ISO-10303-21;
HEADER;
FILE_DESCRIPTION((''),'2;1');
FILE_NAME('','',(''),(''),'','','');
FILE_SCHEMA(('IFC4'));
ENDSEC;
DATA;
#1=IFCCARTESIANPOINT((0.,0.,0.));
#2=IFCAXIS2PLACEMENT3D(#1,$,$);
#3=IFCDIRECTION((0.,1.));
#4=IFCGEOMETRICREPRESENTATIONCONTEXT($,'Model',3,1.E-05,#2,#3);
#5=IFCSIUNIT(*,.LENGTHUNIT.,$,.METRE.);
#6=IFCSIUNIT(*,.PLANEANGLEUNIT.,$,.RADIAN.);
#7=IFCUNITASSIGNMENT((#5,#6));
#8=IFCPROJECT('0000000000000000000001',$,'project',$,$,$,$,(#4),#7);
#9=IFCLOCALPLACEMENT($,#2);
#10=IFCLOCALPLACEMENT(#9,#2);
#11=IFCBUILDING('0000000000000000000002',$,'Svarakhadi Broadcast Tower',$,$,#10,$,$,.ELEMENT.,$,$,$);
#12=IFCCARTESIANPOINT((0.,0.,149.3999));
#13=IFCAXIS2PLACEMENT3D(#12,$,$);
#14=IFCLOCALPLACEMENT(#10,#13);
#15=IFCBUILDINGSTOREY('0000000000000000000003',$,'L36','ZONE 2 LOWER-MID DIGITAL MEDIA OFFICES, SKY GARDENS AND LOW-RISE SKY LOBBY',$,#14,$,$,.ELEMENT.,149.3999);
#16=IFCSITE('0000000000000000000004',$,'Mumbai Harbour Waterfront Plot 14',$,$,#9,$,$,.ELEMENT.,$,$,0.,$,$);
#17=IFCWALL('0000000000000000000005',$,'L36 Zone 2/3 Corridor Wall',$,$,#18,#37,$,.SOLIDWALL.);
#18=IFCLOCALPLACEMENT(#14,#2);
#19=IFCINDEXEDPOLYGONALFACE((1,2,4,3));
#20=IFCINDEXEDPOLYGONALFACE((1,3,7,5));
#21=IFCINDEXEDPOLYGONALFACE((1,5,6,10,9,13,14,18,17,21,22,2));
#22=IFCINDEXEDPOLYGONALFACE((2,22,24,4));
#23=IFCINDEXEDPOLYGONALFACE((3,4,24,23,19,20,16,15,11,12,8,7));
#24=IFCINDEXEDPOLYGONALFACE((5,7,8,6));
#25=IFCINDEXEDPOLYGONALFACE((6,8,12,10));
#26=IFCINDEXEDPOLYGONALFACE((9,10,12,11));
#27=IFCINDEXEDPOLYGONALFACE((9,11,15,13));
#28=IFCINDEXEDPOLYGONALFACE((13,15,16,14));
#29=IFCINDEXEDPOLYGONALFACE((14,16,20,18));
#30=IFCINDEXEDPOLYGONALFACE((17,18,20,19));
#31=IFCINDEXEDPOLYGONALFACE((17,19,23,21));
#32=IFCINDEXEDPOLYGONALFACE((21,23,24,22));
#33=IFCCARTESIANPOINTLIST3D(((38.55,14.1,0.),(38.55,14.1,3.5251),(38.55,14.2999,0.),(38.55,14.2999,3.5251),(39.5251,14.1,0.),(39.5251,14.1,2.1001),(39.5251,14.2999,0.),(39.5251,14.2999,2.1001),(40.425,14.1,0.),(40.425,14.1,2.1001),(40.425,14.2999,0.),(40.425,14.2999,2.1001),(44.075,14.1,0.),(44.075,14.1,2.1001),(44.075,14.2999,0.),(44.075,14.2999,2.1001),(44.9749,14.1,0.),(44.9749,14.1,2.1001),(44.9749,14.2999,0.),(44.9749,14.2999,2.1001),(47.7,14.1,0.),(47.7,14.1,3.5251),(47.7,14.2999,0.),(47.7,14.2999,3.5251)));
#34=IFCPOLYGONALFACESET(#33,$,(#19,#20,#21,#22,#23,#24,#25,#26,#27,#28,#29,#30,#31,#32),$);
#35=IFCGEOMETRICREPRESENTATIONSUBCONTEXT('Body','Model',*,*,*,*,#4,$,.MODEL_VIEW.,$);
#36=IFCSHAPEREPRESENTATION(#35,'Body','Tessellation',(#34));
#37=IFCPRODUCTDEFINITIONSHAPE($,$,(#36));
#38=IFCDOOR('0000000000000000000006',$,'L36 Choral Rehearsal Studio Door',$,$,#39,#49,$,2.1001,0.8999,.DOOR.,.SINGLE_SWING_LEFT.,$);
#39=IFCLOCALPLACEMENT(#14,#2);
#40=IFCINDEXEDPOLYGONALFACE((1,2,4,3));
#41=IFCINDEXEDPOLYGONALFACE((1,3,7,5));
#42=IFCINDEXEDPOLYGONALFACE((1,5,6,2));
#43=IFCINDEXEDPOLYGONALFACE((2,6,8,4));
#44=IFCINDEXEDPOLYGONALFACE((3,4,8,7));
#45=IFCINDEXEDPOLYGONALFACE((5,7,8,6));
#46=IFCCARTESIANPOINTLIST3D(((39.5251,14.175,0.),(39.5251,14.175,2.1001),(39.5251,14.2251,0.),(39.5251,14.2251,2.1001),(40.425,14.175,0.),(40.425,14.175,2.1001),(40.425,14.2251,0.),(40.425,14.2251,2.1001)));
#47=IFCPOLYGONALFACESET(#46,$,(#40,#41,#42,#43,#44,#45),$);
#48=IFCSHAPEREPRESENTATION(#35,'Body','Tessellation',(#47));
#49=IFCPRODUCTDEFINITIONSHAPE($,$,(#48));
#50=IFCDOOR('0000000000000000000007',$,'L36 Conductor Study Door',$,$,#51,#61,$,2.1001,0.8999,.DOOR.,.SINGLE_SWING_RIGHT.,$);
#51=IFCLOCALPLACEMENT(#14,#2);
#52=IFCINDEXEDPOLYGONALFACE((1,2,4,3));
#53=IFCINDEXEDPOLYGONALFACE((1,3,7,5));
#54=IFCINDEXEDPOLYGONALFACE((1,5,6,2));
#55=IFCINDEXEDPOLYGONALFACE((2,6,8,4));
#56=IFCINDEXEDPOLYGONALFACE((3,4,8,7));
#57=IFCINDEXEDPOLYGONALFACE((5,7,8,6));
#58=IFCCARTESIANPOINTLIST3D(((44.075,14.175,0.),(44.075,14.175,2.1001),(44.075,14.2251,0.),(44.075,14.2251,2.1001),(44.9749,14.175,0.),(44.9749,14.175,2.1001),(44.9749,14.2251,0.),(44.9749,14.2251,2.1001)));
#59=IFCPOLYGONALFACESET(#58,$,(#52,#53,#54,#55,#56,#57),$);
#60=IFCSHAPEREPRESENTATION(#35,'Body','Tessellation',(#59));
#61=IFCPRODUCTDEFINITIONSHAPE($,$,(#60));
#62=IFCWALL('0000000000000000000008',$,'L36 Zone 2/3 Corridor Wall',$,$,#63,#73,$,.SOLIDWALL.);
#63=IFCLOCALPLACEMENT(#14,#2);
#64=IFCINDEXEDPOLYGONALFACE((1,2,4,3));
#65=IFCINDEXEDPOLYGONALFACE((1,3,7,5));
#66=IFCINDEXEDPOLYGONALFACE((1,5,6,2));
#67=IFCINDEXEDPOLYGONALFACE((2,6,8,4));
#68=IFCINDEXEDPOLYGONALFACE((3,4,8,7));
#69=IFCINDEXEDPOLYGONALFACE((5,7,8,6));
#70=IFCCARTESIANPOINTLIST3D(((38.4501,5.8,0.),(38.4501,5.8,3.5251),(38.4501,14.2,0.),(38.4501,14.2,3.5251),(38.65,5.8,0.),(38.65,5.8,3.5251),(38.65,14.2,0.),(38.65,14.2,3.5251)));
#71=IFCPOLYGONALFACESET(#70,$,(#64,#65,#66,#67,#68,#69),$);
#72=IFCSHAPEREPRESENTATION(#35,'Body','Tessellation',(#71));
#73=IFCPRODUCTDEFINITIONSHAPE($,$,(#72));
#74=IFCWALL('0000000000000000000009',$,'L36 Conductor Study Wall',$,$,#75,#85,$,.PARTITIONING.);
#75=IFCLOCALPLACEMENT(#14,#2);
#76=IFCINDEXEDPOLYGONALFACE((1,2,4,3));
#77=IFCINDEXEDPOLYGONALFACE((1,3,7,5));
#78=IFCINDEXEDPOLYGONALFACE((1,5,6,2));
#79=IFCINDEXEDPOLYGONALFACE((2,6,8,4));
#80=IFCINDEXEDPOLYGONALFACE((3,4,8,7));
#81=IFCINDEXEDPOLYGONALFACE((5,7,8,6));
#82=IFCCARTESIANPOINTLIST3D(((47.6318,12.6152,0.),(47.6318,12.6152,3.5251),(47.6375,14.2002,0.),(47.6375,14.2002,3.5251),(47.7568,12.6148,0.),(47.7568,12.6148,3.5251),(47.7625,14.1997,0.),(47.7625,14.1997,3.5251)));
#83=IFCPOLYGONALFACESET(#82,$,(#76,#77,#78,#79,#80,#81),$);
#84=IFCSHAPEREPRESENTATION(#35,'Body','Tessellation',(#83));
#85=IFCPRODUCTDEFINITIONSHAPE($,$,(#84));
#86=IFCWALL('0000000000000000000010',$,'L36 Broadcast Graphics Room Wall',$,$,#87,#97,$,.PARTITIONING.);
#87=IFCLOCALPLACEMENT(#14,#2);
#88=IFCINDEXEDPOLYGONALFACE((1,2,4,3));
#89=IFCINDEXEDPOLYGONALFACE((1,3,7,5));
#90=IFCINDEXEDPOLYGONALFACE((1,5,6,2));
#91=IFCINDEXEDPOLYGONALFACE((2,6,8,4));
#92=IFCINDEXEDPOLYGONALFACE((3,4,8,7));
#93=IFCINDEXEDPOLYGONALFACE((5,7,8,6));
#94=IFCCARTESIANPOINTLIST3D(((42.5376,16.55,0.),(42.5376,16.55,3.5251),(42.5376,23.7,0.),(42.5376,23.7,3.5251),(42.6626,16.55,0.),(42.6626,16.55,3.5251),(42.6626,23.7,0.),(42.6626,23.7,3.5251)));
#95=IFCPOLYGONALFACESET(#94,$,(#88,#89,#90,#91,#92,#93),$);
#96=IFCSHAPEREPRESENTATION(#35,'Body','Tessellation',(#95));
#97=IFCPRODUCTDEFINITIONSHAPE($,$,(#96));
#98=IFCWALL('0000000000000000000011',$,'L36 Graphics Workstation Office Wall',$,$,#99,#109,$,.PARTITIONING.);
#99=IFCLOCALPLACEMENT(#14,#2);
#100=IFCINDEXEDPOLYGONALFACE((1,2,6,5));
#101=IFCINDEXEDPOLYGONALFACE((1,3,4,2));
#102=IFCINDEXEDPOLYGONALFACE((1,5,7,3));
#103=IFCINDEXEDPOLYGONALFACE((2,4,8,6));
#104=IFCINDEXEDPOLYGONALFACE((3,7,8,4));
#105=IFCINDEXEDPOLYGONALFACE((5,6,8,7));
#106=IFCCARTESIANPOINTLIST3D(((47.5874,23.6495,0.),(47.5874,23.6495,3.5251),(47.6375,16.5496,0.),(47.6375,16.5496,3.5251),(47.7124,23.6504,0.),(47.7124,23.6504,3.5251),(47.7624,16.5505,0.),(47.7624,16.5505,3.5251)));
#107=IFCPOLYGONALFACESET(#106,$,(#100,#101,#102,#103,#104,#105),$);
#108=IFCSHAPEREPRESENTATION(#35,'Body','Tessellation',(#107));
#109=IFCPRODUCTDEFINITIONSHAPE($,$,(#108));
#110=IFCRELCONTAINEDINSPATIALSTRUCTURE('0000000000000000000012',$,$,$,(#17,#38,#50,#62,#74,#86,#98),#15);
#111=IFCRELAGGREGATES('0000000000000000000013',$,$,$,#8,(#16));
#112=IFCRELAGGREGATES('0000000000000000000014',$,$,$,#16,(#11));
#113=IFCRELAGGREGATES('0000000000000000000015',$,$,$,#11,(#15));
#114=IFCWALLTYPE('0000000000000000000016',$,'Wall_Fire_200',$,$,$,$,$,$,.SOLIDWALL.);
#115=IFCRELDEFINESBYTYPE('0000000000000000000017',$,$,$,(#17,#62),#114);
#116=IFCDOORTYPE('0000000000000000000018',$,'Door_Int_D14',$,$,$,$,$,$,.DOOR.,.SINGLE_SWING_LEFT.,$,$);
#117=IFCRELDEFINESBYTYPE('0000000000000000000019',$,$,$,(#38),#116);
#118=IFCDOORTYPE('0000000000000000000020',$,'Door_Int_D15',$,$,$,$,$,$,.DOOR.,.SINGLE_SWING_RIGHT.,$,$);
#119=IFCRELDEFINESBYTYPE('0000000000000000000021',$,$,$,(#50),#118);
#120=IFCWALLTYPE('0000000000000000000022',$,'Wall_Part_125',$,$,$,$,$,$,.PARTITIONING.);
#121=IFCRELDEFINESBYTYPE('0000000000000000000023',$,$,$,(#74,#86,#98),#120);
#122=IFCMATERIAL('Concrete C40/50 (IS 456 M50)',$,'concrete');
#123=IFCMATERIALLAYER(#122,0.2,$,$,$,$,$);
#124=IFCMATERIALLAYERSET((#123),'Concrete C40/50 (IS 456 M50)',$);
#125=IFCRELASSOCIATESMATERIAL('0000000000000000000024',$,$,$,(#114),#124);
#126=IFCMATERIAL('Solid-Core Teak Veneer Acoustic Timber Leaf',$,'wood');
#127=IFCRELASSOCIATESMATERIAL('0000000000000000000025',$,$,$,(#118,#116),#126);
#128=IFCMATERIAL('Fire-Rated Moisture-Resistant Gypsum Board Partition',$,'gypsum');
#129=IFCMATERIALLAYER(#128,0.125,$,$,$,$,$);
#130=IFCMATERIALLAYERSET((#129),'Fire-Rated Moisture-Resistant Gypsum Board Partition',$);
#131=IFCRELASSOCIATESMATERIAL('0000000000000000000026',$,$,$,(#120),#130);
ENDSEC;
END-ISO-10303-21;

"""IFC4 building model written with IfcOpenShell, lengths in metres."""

from ifc_helpers import new_model, si_unit, direction, frame, frame_2d, origin, place, context, subcontext, project, spatial, rectangle, extrude, material, layer, layer_set, type_object, element, fill, save


model = new_model("IFC4")

# Units and contexts
model_context = context("Model", 3, precision=1e-05, world=origin(), true_north=direction((0.0, 1.0)))
body_context = subcontext(model_context, "Body", "Model", "MODEL_VIEW")
ifc_project = project(units=[si_unit("LENGTHUNIT", "METRE"), si_unit("PLANEANGLEUNIT", "RADIAN")], contexts=[model_context])

# Site, building, storey
site_placement = place(None, origin())
site = spatial("IfcSite", under=ifc_project, at=site_placement, Name="Mumbai Harbour Waterfront Plot 14", CompositionType="ELEMENT", RefElevation=0.0)
building_placement = place(site_placement, origin())
building = spatial("IfcBuilding", under=site, at=building_placement, Name="Svarakhadi Broadcast Tower", CompositionType="ELEMENT")
storey_placement = place(building_placement, frame((0.0, 0.0, 149.3999)))
storey = spatial("IfcBuildingStorey", under=building, at=storey_placement, Name="L36", Description="ZONE 2 LOWER-MID DIGITAL MEDIA OFFICES, SKY GARDENS AND LOW-RISE SKY LOBBY", CompositionType="ELEMENT", Elevation=149.3999)

# Shared definitions
ifc_material_1 = material(Name="Concrete C40/50 (IS 456 M50)", Category="concrete")
ifc_layer_1 = layer(ifc_material_1, 0.2)
ifc_layer_set_1 = layer_set([ifc_layer_1], Name="Concrete C40/50 (IS 456 M50)")
wall_type_1 = type_object("IfcWallType", Name="Wall_Fire_200", PredefinedType="SOLIDWALL", material=ifc_layer_set_1)

# Shared definitions
ifc_material_2 = material(Name="Solid-Core Teak Veneer Acoustic Timber Leaf", Category="wood")
door_type_1 = type_object("IfcDoorType", Name="Door_Int_D15", OperationType="SINGLE_SWING_RIGHT", PredefinedType="DOOR", material=ifc_material_2)

# Wall, openings, doors
door_type_2 = type_object("IfcDoorType", Name="Door_Int_D14", OperationType="SINGLE_SWING_LEFT", PredefinedType="DOOR", material=ifc_material_2)
wall_1_placement = place(storey_placement, frame((47.7, 14.2, 0.0), z_axis=(0.0, 0.0, 1.0), x_axis=(-1.0, 0.0, 0.0)))
wall_1 = element("IfcWall", 1, at=wall_1_placement, inside=storey, type_object=wall_type_1, Name="L36 Zone 2/3 Corridor Wall", PredefinedType="SOLIDWALL", context=body_context, shape_type="SweptSolid", body=[
    extrude(rectangle(XDim=9.1499, YDim=0.2, at=frame_2d((4.575, 0.0))), origin(), (0.0, 0.0, 1.0), 3.5251),
])
opening_1_placement = place(wall_1_placement, frame((7.2749, 0.0, 0.0)))
opening_1 = element("IfcOpeningElement", 2, at=opening_1_placement, cuts=wall_1, PredefinedType="OPENING", context=body_context, shape_type="SweptSolid", body=[
    extrude(rectangle(XDim=0.8999, YDim=2.1001, at=frame_2d((0.45, 1.05))), frame((0.0, 0.1099, 0.0), z_axis=(0.0, -1.0, 0.0), x_axis=(1.0, 0.0, 0.0)), (0.0, 0.0, 1.0), 0.22),
])
opening_2_placement = place(wall_1_placement, frame((2.7251, 0.0, 0.0)))
opening_2 = element("IfcOpeningElement", 3, at=opening_2_placement, cuts=wall_1, PredefinedType="OPENING", context=body_context, shape_type="SweptSolid", body=[
    extrude(rectangle(XDim=0.8999, YDim=2.1001, at=frame_2d((0.45, 1.05))), frame((0.0, 0.1099, 0.0), z_axis=(0.0, -1.0, 0.0), x_axis=(1.0, 0.0, 0.0)), (0.0, 0.0, 1.0), 0.22),
])
door_1_placement = place(opening_1_placement, origin())
door_1 = element("IfcDoor", 4, at=door_1_placement, inside=storey, type_object=door_type_2, Name="L36 Choral Rehearsal Studio Door", OperationType="SINGLE_SWING_LEFT", OverallHeight=2.1001, OverallWidth=0.8999, PredefinedType="DOOR", context=body_context, shape_type="SweptSolid", body=[
    extrude(rectangle(XDim=0.8999, YDim=2.1001, at=frame_2d((0.45, 1.05))), frame((0.0, 0.0249, 0.0), z_axis=(0.0, -1.0, 0.0), x_axis=(1.0, 0.0, 0.0)), (0.0, 0.0, 1.0), 0.05),
])
fill(opening_1, door_1)
door_2_placement = place(opening_2_placement, origin())
door_2 = element("IfcDoor", 5, at=door_2_placement, inside=storey, type_object=door_type_1, Name="L36 Conductor Study Door", OperationType="SINGLE_SWING_RIGHT", OverallHeight=2.1001, OverallWidth=0.8999, PredefinedType="DOOR", context=body_context, shape_type="SweptSolid", body=[
    extrude(rectangle(XDim=0.8999, YDim=2.1001, at=frame_2d((0.45, 1.05))), frame((0.0, 0.0249, 0.0), z_axis=(0.0, -1.0, 0.0), x_axis=(1.0, 0.0, 0.0)), (0.0, 0.0, 1.0), 0.05),
])
fill(opening_2, door_2)

# Walls
wall_2_placement = place(storey_placement, frame((38.55, 14.2, 0.0), z_axis=(0.0, 0.0, 1.0), x_axis=(0.0, -1.0, 0.0)))
element("IfcWall", 6, at=wall_2_placement, inside=storey, type_object=wall_type_1, Name="L36 Zone 2/3 Corridor Wall", PredefinedType="SOLIDWALL", context=body_context, shape_type="SweptSolid", body=[
    extrude(rectangle(XDim=8.3999, YDim=0.2, at=frame_2d((4.2, 0.0))), origin(), (0.0, 0.0, 1.0), 3.5251),
])
ifc_material_3 = material(Name="Fire-Rated Moisture-Resistant Gypsum Board Partition", Category="gypsum")
ifc_layer_2 = layer(ifc_material_3, 0.125)
ifc_layer_set_2 = layer_set([ifc_layer_2], Name="Fire-Rated Moisture-Resistant Gypsum Board Partition")
wall_type_2 = type_object("IfcWallType", Name="Wall_Part_125", PredefinedType="PARTITIONING", material=ifc_layer_set_2)
wall_3_placement = place(storey_placement, frame((47.6943, 12.615, 0.0), z_axis=(0.0, 0.0, 1.0), x_axis=(0.003543, 0.999994, 0.0)))
element("IfcWall", 7, at=wall_3_placement, inside=storey, type_object=wall_type_2, Name="L36 Conductor Study Wall", PredefinedType="PARTITIONING", context=body_context, shape_type="SweptSolid", body=[
    extrude(rectangle(XDim=1.585, YDim=0.125, at=frame_2d((0.7925, 0.0))), origin(), (0.0, 0.0, 1.0), 3.5251),
])
wall_4_placement = place(storey_placement, frame((42.6001, 16.55, 0.0), z_axis=(0.0, 0.0, 1.0), x_axis=(0.0, 1.0, 0.0)))
element("IfcWall", 8, at=wall_4_placement, inside=storey, type_object=wall_type_2, Name="L36 Broadcast Graphics Room Wall", PredefinedType="PARTITIONING", context=body_context, shape_type="SweptSolid", body=[
    extrude(rectangle(XDim=7.1499, YDim=0.125, at=frame_2d((3.575, 0.0))), origin(), (0.0, 0.0, 1.0), 3.5251),
])
wall_5_placement = place(storey_placement, frame((47.7, 16.55, 0.0), z_axis=(0.0, 0.0, 1.0), x_axis=(-0.007049, 0.999975, 0.0)))
element("IfcWall", 9, at=wall_5_placement, inside=storey, type_object=wall_type_2, Name="L36 Graphics Workstation Office Wall", PredefinedType="PARTITIONING", context=body_context, shape_type="SweptSolid", body=[
    extrude(rectangle(XDim=7.1001, YDim=0.125, at=frame_2d((3.55, 0.0))), origin(), (0.0, 0.0, 1.0), 3.5251),
])

save(model, "model.ifc")
